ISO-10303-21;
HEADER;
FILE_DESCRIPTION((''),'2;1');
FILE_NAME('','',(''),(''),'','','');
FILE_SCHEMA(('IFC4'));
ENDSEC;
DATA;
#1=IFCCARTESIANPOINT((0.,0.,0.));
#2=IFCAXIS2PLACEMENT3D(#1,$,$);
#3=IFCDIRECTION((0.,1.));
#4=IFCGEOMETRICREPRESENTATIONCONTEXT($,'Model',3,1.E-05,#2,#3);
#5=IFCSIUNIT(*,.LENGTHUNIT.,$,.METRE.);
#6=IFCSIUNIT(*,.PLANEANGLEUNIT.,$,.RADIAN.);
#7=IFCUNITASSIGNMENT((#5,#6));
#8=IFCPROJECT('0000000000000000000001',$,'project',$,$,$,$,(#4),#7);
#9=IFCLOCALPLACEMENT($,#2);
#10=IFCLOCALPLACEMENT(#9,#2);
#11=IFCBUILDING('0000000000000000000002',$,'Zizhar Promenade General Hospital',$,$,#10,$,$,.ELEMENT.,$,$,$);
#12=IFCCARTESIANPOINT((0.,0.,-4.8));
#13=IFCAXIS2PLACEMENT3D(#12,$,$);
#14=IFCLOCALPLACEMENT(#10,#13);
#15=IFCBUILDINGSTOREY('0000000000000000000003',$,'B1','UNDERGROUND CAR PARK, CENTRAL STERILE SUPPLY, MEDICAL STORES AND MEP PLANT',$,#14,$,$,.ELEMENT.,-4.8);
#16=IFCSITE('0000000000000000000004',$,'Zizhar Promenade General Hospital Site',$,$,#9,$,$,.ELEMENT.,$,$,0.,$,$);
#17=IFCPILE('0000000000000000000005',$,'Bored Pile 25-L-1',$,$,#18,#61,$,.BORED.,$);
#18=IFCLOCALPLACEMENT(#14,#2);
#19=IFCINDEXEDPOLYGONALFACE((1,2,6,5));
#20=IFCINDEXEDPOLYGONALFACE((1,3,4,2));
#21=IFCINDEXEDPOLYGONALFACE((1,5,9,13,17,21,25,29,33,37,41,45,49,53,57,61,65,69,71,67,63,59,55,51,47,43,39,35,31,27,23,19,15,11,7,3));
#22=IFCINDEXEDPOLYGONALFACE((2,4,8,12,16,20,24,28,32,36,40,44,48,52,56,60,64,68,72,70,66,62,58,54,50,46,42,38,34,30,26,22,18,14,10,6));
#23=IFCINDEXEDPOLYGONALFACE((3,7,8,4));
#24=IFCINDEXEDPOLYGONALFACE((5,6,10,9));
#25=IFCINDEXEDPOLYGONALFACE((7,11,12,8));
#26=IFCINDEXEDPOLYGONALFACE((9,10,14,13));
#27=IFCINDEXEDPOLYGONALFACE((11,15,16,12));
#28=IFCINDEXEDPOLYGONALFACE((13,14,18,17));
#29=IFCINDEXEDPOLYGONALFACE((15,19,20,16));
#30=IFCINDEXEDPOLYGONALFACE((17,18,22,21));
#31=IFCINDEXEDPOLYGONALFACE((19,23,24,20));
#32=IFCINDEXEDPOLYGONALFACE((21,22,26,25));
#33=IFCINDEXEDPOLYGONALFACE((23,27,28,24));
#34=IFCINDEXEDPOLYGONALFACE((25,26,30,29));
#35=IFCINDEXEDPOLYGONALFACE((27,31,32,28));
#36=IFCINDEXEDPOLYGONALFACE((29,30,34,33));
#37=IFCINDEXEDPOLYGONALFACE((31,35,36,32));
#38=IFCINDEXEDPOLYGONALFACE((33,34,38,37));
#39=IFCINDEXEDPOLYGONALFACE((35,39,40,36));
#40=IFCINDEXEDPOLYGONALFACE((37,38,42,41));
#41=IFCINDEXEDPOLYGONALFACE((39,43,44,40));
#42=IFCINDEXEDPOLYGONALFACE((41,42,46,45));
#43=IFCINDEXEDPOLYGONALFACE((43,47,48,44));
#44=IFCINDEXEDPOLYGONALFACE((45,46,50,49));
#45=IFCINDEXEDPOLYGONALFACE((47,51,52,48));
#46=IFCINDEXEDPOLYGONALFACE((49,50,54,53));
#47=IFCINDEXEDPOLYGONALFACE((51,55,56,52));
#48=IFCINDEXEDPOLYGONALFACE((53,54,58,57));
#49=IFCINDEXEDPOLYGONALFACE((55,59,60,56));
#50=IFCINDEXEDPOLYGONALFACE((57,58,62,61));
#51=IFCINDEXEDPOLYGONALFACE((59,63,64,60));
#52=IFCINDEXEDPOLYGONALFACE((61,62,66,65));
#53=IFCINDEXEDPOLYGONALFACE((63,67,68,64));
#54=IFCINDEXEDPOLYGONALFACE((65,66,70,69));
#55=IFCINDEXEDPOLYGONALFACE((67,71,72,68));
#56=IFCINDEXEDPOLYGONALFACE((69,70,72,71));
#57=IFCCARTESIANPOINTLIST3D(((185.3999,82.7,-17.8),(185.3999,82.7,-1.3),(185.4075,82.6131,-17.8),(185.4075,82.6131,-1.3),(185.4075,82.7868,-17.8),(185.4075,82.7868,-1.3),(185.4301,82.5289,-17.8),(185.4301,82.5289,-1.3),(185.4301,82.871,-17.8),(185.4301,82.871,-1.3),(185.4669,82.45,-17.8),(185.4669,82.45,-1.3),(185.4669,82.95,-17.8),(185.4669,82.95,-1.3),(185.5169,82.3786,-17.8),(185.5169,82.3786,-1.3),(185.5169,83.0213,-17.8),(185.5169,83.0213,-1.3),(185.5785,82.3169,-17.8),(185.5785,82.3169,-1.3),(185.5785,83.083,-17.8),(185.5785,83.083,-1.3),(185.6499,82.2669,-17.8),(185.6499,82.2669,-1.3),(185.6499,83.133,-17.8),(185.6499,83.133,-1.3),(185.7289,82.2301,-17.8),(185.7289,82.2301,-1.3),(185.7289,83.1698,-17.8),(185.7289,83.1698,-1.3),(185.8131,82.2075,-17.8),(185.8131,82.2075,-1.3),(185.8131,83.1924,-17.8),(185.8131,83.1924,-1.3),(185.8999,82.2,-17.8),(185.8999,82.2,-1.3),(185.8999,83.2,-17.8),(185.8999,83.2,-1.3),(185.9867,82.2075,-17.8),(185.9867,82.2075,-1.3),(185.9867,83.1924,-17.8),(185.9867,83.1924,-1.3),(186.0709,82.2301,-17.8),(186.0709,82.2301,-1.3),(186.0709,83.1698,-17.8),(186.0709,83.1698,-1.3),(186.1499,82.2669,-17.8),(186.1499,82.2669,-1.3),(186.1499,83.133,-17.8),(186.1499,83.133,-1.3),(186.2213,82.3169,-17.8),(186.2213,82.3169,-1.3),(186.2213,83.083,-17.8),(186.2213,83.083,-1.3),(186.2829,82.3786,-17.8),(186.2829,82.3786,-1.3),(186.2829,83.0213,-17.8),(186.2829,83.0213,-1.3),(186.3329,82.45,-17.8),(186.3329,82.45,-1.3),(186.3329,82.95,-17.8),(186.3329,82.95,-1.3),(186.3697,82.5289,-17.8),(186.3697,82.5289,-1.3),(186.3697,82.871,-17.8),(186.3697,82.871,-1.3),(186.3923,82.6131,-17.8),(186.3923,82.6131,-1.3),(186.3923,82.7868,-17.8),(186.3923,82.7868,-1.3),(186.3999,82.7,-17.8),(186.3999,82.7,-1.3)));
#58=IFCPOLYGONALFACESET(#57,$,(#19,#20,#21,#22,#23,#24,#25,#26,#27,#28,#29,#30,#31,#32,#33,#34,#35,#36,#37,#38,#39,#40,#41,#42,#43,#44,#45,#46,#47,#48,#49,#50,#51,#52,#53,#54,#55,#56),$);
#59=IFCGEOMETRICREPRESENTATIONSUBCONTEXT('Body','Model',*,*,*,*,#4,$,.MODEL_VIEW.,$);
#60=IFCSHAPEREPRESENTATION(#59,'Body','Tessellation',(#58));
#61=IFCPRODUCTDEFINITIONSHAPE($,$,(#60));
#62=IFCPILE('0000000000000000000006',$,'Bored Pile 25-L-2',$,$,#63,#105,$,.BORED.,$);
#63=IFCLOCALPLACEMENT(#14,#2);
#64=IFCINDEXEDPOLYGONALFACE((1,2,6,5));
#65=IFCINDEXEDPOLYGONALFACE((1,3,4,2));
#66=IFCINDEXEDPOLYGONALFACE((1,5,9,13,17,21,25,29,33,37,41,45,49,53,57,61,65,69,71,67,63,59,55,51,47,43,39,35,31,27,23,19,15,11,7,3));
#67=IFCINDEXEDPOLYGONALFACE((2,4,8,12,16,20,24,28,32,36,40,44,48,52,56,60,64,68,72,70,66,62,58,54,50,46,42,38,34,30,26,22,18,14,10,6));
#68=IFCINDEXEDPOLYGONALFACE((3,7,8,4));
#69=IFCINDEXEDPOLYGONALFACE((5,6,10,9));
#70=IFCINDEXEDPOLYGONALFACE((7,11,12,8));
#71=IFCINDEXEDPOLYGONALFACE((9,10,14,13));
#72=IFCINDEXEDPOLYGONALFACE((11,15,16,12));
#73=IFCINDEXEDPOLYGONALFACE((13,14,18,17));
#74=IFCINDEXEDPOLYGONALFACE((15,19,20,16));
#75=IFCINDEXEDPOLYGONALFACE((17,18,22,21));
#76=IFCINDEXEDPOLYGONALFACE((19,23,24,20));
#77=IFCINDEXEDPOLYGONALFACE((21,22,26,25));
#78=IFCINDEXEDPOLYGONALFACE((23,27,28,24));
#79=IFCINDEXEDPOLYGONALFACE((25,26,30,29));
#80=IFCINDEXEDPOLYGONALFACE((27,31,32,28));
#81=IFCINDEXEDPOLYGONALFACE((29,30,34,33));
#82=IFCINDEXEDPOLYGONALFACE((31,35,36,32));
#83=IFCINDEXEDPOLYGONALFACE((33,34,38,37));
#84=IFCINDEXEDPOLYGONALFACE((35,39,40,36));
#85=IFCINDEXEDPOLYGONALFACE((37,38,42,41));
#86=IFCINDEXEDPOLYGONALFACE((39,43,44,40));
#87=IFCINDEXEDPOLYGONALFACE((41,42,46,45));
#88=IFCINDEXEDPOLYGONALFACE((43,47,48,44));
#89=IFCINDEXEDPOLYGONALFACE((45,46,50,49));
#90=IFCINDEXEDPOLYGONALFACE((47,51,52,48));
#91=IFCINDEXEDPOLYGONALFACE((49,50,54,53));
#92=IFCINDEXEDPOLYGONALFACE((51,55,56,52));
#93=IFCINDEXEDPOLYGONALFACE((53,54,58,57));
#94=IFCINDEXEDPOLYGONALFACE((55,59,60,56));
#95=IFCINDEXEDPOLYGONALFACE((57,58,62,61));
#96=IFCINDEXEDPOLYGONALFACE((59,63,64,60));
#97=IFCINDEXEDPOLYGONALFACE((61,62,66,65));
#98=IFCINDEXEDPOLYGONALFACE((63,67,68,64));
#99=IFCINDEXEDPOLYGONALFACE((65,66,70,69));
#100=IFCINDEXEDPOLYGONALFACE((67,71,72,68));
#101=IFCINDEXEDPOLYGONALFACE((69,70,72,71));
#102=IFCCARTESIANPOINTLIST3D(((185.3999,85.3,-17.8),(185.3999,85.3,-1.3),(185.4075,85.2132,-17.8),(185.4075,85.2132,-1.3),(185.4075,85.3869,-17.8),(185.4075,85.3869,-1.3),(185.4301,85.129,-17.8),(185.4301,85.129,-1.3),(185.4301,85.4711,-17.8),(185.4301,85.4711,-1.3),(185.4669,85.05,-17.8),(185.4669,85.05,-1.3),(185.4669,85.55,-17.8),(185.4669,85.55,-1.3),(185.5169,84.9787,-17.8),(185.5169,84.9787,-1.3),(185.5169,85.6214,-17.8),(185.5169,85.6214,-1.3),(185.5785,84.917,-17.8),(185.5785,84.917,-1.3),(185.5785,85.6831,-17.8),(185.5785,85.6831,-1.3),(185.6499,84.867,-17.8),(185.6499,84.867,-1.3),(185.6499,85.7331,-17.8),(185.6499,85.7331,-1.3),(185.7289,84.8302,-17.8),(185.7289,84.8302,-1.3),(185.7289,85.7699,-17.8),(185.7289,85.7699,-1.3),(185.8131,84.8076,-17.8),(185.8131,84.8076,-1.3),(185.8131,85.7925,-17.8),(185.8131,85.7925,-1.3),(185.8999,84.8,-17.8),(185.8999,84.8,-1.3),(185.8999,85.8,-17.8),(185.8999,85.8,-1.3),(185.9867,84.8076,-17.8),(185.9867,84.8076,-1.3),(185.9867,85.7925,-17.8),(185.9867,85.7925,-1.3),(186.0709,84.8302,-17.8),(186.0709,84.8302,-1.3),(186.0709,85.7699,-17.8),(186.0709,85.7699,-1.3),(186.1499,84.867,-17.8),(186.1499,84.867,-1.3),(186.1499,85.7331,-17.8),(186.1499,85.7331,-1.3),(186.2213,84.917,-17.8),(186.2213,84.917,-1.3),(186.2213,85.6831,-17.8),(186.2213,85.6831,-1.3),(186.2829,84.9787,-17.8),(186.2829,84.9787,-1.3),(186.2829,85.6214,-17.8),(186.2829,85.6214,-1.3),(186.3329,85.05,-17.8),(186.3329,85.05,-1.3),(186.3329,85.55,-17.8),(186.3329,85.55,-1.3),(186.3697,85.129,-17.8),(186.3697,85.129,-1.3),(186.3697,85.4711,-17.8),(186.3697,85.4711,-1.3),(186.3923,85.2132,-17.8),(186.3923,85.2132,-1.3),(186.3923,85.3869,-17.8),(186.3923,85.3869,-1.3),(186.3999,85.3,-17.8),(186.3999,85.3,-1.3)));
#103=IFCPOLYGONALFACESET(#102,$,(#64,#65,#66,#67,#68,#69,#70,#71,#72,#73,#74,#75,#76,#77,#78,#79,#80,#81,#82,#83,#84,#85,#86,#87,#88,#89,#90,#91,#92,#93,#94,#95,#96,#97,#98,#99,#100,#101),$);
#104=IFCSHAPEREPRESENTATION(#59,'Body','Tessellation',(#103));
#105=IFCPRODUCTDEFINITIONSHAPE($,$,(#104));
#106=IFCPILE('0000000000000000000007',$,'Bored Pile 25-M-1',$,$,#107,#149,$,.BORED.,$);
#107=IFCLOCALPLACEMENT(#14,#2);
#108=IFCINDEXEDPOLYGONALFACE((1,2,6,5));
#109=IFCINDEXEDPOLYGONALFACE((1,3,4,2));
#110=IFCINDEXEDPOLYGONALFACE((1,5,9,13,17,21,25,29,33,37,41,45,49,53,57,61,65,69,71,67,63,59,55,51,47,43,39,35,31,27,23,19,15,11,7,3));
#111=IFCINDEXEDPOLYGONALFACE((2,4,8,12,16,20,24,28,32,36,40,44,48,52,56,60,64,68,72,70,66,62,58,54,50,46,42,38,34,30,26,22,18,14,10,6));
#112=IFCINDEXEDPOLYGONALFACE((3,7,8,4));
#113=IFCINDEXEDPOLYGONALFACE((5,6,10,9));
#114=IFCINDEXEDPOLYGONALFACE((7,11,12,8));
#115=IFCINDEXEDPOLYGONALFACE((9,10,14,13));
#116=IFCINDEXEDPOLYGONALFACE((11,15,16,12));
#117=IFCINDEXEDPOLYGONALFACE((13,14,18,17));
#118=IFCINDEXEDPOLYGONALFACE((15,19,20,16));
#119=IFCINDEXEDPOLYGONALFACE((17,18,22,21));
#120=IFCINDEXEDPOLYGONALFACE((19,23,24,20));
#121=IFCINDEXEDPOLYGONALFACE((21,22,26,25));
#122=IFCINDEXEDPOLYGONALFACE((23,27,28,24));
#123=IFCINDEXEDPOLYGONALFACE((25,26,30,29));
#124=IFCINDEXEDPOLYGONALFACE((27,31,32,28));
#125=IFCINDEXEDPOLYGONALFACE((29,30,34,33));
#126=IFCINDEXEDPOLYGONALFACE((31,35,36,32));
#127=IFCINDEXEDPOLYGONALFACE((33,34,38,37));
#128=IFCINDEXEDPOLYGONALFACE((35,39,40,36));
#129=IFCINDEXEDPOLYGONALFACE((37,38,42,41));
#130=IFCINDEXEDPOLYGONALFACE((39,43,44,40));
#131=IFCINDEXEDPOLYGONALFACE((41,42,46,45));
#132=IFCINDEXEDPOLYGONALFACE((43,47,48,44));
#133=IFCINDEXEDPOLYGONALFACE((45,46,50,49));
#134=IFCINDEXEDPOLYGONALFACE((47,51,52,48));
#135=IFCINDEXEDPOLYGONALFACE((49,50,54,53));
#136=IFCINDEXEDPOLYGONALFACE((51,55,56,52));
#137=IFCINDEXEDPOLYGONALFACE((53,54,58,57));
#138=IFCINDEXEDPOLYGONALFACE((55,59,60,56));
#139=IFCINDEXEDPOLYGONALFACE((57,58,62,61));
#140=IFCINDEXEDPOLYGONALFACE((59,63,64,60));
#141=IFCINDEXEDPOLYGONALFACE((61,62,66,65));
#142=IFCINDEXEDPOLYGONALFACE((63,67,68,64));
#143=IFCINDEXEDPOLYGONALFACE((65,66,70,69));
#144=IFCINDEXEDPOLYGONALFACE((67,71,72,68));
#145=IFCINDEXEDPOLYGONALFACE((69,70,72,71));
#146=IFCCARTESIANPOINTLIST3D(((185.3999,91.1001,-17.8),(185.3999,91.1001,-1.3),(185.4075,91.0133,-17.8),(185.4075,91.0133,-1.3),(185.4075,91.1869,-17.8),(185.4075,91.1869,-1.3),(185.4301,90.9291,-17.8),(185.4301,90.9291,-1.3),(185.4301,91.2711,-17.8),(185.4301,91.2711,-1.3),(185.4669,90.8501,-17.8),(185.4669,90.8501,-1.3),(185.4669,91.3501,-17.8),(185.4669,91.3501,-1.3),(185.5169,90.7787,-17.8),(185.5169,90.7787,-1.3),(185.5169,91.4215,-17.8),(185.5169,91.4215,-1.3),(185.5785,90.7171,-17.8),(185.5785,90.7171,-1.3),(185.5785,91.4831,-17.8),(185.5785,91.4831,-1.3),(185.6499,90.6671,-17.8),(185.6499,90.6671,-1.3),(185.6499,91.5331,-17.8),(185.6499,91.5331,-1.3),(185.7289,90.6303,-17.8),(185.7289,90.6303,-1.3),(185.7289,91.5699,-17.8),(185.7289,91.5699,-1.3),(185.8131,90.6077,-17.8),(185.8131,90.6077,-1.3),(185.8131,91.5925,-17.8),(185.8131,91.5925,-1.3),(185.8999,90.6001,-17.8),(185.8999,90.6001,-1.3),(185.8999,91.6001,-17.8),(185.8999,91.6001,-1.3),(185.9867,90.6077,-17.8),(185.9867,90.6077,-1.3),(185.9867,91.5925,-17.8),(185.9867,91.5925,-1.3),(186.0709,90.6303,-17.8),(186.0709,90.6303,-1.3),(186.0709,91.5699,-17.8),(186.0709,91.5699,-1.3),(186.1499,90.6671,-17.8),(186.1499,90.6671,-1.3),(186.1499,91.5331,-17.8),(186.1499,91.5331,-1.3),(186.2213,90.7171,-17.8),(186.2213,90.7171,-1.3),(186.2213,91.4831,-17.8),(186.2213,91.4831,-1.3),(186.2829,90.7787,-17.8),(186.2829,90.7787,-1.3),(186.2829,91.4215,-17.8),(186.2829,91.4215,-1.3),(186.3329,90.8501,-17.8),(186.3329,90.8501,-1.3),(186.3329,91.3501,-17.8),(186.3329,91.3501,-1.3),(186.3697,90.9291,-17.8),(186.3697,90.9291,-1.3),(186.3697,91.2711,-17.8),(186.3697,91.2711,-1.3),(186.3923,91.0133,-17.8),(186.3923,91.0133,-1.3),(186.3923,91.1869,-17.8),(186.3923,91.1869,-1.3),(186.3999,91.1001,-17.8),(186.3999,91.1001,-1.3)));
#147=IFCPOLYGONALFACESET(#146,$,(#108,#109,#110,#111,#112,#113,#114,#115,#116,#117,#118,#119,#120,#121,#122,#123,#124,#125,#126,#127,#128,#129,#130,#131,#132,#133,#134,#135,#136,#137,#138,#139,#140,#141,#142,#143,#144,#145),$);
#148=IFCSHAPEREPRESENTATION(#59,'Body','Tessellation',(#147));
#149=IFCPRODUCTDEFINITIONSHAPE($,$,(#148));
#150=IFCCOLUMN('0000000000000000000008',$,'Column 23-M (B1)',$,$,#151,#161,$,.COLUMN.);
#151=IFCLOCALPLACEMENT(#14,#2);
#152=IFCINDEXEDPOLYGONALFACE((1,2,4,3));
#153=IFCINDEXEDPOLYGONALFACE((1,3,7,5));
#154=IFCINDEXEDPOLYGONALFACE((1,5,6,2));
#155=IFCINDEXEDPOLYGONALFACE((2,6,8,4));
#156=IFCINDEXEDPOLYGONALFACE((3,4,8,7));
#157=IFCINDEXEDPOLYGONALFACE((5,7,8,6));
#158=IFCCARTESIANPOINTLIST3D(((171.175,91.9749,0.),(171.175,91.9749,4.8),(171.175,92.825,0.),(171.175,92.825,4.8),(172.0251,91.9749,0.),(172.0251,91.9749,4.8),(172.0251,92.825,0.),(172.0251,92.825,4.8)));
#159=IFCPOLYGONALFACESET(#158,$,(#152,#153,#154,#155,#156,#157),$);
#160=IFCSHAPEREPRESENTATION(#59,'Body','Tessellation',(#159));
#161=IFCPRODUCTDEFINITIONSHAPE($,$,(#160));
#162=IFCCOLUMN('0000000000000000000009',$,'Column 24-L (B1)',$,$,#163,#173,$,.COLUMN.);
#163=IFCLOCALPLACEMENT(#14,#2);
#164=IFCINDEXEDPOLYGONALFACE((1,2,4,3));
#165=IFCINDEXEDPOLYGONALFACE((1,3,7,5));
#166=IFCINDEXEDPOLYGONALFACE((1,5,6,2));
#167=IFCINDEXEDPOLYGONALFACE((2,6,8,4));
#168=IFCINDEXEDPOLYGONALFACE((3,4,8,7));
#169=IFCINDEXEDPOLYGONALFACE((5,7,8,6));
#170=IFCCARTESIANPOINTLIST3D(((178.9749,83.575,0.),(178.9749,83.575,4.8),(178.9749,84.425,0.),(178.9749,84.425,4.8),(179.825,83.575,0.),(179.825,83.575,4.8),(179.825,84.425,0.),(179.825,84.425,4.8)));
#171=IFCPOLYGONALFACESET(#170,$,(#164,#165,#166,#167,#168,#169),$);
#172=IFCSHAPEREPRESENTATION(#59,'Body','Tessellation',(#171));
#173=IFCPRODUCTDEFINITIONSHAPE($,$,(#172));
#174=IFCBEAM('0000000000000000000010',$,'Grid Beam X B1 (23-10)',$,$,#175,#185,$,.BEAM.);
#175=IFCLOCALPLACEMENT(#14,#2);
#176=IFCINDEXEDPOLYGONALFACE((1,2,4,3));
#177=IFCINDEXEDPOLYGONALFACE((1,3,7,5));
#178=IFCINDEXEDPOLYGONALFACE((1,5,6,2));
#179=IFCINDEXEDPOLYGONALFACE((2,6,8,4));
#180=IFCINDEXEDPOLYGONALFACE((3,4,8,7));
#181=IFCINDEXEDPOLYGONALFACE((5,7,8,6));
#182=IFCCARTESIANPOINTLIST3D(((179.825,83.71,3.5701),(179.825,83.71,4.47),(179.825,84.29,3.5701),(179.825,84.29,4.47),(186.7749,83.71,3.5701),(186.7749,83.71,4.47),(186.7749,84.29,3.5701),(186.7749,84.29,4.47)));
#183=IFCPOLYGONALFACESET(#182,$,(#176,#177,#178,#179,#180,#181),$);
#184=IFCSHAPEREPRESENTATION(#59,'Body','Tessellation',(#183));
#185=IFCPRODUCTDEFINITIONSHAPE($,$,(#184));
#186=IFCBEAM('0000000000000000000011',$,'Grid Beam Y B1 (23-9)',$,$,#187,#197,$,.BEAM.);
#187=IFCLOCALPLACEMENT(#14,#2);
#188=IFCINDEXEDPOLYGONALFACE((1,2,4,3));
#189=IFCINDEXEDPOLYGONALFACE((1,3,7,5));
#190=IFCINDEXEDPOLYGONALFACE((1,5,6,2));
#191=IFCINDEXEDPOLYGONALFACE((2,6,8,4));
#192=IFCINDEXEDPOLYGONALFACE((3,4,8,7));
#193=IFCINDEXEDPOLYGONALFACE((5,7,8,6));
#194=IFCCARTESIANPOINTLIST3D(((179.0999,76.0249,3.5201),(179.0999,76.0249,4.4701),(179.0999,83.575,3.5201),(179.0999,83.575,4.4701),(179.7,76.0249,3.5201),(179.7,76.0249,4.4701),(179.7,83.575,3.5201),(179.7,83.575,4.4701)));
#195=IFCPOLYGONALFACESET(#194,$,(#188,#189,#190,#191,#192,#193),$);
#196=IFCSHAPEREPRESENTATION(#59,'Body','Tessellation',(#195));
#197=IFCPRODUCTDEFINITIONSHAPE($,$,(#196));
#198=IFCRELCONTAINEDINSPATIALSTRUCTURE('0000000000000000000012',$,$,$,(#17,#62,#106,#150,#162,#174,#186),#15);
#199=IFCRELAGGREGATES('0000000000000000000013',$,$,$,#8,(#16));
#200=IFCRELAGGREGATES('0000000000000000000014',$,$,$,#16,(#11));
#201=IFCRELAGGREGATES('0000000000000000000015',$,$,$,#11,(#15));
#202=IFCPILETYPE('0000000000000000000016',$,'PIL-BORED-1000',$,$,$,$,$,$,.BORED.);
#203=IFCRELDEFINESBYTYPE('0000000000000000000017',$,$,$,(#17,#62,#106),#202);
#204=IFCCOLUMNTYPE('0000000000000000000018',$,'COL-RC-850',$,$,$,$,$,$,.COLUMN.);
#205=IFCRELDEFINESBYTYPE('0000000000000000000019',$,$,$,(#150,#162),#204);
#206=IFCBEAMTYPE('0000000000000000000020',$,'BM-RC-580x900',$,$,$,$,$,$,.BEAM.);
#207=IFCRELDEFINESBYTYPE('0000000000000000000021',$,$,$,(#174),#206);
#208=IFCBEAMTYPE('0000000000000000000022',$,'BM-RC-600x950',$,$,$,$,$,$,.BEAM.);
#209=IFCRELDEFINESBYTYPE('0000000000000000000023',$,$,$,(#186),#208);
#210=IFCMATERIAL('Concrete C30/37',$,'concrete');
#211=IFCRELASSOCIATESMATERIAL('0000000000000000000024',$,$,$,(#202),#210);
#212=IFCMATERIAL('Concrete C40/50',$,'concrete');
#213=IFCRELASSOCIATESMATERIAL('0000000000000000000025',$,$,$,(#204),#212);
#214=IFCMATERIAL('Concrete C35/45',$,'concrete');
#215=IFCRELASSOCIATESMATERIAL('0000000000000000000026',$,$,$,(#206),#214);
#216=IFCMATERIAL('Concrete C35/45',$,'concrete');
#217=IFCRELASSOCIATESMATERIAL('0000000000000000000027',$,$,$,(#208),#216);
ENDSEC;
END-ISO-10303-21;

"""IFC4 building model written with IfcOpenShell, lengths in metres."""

from ifc_helpers import new_model, si_unit, direction, frame, origin, origin_2d, place, context, subcontext, project, spatial, rectangle, circle, extrude, material, material_profile, profile_set, type_object, element, save


model = new_model("IFC4")

# Units and contexts
model_context = context("Model", 3, precision=1e-05, world=origin(), true_north=direction((0.0, 1.0)))
body_context = subcontext(model_context, "Body", "Model", "MODEL_VIEW")
ifc_project = project(units=[si_unit("LENGTHUNIT", "METRE"), si_unit("PLANEANGLEUNIT", "RADIAN")], contexts=[model_context])

# Site, building, storey
site_placement = place(None, origin())
site = spatial("IfcSite", under=ifc_project, at=site_placement, Name="Zizhar Promenade General Hospital Site", CompositionType="ELEMENT", RefElevation=0.0)
building_placement = place(site_placement, origin())
building = spatial("IfcBuilding", under=site, at=building_placement, Name="Zizhar Promenade General Hospital", CompositionType="ELEMENT")
storey_placement = place(building_placement, frame((0.0, 0.0, -4.8)))
storey = spatial("IfcBuildingStorey", under=building, at=storey_placement, Name="B1", Description="UNDERGROUND CAR PARK, CENTRAL STERILE SUPPLY, MEDICAL STORES AND MEP PLANT", CompositionType="ELEMENT", Elevation=-4.8)

# Piles
ifc_material_1 = material(Name="Concrete C30/37", Category="concrete")
ifc_material_profile_1 = material_profile(ifc_material_1, circle(Radius=0.5, at=origin_2d()))
ifc_profile_set_1 = profile_set([ifc_material_profile_1], Name="Concrete C30/37")
pile_type = type_object("IfcPileType", Name="PIL-BORED-1000", PredefinedType="BORED", material=ifc_profile_set_1)
for number, where, z_axis, x_axis, name in (
    (1, (185.8999, 82.7, -1.3), (0.0, 0.0, -1.0), (1.0, 0.0, 0.0), "Bored Pile 25-L-1"),
    (2, (185.8999, 85.3, -1.3), (0.0, 0.0, -1.0), (1.0, 0.0, 0.0), "Bored Pile 25-L-2"),
    (3, (185.8999, 91.1001, -1.3), (0.0, 0.0, -1.0), (1.0, 0.0, 0.0), "Bored Pile 25-M-1"),
):
    element("IfcPile", number, at=place(storey_placement, frame(where, z_axis=z_axis, x_axis=x_axis)), inside=storey, type_object=pile_type, Name=name, PredefinedType="BORED", context=body_context, shape_type="SweptSolid", body=[
        extrude(circle(Radius=0.5, at=origin_2d()), origin(), (0.0, 0.0, 1.0), 16.5),
    ])

# Columns
ifc_material_2 = material(Name="Concrete C40/50", Category="concrete")
ifc_material_profile_2 = material_profile(ifc_material_2, rectangle(XDim=0.8501, YDim=0.8501, at=origin_2d()))
ifc_profile_set_2 = profile_set([ifc_material_profile_2], Name="Concrete C40/50")
column_type = type_object("IfcColumnType", Name="COL-RC-850", PredefinedType="COLUMN", material=ifc_profile_set_2)
for number, where, z_axis, x_axis, name in (
    (4, (171.6001, 92.3999, 0.0), (0.0, 0.0, 1.0), (1.0, 0.0, 0.0), "Column 23-M (B1)"),
    (5, (179.3999, 84.0, 0.0), (0.0, 0.0, 1.0), (1.0, 0.0, 0.0), "Column 24-L (B1)"),
):
    element("IfcColumn", number, at=place(storey_placement, frame(where, z_axis=z_axis, x_axis=x_axis)), inside=storey, type_object=column_type, Name=name, PredefinedType="COLUMN", context=body_context, shape_type="SweptSolid", body=[
        extrude(rectangle(XDim=0.8501, YDim=0.8501, at=origin_2d()), origin(), (0.0, 0.0, 1.0), 4.8),
    ])

# Beams
ifc_material_3 = material(Name="Concrete C35/45", Category="concrete")
ifc_material_profile_3 = material_profile(ifc_material_3, rectangle(XDim=0.5801, YDim=0.8999, at=origin_2d()))
ifc_profile_set_3 = profile_set([ifc_material_profile_3], Name="Concrete C35/45")
beam_type_1 = type_object("IfcBeamType", Name="BM-RC-580x900", PredefinedType="BEAM", material=ifc_profile_set_3)
beam_placement = place(storey_placement, frame((179.825, 84.0, 4.02), z_axis=(1.0, 0.0, 0.0), x_axis=(0.0, 1.0, 0.0)))
element("IfcBeam", 6, at=beam_placement, inside=storey, type_object=beam_type_1, Name="Grid Beam X B1 (23-10)", PredefinedType="BEAM", context=body_context, shape_type="SweptSolid", body=[
    extrude(rectangle(XDim=0.5801, YDim=0.8999, at=origin_2d()), origin(), (0.0, 0.0, 1.0), 6.95),
])
ifc_material_4 = material(Name="Concrete C35/45", Category="concrete")
ifc_material_profile_4 = material_profile(ifc_material_4, rectangle(XDim=0.6001, YDim=0.95, at=origin_2d()))
ifc_profile_set_4 = profile_set([ifc_material_profile_4], Name="Concrete C35/45")
beam_type_2 = type_object("IfcBeamType", Name="BM-RC-600x950", PredefinedType="BEAM", material=ifc_profile_set_4)
for number, where, z_axis, x_axis, name in (
    (7, (179.3999, 76.0249, 3.9951), (0.0, 1.0, 0.0), (-1.0, 0.0, 0.0), "Grid Beam Y B1 (23-9)"),
):
    element("IfcBeam", number, at=place(storey_placement, frame(where, z_axis=z_axis, x_axis=x_axis)), inside=storey, type_object=beam_type_2, Name=name, PredefinedType="BEAM", context=body_context, shape_type="SweptSolid", body=[
        extrude(rectangle(XDim=0.6001, YDim=0.95, at=origin_2d()), origin(), (0.0, 0.0, 1.0), 7.55),
    ])

save(model, "model.ifc")
